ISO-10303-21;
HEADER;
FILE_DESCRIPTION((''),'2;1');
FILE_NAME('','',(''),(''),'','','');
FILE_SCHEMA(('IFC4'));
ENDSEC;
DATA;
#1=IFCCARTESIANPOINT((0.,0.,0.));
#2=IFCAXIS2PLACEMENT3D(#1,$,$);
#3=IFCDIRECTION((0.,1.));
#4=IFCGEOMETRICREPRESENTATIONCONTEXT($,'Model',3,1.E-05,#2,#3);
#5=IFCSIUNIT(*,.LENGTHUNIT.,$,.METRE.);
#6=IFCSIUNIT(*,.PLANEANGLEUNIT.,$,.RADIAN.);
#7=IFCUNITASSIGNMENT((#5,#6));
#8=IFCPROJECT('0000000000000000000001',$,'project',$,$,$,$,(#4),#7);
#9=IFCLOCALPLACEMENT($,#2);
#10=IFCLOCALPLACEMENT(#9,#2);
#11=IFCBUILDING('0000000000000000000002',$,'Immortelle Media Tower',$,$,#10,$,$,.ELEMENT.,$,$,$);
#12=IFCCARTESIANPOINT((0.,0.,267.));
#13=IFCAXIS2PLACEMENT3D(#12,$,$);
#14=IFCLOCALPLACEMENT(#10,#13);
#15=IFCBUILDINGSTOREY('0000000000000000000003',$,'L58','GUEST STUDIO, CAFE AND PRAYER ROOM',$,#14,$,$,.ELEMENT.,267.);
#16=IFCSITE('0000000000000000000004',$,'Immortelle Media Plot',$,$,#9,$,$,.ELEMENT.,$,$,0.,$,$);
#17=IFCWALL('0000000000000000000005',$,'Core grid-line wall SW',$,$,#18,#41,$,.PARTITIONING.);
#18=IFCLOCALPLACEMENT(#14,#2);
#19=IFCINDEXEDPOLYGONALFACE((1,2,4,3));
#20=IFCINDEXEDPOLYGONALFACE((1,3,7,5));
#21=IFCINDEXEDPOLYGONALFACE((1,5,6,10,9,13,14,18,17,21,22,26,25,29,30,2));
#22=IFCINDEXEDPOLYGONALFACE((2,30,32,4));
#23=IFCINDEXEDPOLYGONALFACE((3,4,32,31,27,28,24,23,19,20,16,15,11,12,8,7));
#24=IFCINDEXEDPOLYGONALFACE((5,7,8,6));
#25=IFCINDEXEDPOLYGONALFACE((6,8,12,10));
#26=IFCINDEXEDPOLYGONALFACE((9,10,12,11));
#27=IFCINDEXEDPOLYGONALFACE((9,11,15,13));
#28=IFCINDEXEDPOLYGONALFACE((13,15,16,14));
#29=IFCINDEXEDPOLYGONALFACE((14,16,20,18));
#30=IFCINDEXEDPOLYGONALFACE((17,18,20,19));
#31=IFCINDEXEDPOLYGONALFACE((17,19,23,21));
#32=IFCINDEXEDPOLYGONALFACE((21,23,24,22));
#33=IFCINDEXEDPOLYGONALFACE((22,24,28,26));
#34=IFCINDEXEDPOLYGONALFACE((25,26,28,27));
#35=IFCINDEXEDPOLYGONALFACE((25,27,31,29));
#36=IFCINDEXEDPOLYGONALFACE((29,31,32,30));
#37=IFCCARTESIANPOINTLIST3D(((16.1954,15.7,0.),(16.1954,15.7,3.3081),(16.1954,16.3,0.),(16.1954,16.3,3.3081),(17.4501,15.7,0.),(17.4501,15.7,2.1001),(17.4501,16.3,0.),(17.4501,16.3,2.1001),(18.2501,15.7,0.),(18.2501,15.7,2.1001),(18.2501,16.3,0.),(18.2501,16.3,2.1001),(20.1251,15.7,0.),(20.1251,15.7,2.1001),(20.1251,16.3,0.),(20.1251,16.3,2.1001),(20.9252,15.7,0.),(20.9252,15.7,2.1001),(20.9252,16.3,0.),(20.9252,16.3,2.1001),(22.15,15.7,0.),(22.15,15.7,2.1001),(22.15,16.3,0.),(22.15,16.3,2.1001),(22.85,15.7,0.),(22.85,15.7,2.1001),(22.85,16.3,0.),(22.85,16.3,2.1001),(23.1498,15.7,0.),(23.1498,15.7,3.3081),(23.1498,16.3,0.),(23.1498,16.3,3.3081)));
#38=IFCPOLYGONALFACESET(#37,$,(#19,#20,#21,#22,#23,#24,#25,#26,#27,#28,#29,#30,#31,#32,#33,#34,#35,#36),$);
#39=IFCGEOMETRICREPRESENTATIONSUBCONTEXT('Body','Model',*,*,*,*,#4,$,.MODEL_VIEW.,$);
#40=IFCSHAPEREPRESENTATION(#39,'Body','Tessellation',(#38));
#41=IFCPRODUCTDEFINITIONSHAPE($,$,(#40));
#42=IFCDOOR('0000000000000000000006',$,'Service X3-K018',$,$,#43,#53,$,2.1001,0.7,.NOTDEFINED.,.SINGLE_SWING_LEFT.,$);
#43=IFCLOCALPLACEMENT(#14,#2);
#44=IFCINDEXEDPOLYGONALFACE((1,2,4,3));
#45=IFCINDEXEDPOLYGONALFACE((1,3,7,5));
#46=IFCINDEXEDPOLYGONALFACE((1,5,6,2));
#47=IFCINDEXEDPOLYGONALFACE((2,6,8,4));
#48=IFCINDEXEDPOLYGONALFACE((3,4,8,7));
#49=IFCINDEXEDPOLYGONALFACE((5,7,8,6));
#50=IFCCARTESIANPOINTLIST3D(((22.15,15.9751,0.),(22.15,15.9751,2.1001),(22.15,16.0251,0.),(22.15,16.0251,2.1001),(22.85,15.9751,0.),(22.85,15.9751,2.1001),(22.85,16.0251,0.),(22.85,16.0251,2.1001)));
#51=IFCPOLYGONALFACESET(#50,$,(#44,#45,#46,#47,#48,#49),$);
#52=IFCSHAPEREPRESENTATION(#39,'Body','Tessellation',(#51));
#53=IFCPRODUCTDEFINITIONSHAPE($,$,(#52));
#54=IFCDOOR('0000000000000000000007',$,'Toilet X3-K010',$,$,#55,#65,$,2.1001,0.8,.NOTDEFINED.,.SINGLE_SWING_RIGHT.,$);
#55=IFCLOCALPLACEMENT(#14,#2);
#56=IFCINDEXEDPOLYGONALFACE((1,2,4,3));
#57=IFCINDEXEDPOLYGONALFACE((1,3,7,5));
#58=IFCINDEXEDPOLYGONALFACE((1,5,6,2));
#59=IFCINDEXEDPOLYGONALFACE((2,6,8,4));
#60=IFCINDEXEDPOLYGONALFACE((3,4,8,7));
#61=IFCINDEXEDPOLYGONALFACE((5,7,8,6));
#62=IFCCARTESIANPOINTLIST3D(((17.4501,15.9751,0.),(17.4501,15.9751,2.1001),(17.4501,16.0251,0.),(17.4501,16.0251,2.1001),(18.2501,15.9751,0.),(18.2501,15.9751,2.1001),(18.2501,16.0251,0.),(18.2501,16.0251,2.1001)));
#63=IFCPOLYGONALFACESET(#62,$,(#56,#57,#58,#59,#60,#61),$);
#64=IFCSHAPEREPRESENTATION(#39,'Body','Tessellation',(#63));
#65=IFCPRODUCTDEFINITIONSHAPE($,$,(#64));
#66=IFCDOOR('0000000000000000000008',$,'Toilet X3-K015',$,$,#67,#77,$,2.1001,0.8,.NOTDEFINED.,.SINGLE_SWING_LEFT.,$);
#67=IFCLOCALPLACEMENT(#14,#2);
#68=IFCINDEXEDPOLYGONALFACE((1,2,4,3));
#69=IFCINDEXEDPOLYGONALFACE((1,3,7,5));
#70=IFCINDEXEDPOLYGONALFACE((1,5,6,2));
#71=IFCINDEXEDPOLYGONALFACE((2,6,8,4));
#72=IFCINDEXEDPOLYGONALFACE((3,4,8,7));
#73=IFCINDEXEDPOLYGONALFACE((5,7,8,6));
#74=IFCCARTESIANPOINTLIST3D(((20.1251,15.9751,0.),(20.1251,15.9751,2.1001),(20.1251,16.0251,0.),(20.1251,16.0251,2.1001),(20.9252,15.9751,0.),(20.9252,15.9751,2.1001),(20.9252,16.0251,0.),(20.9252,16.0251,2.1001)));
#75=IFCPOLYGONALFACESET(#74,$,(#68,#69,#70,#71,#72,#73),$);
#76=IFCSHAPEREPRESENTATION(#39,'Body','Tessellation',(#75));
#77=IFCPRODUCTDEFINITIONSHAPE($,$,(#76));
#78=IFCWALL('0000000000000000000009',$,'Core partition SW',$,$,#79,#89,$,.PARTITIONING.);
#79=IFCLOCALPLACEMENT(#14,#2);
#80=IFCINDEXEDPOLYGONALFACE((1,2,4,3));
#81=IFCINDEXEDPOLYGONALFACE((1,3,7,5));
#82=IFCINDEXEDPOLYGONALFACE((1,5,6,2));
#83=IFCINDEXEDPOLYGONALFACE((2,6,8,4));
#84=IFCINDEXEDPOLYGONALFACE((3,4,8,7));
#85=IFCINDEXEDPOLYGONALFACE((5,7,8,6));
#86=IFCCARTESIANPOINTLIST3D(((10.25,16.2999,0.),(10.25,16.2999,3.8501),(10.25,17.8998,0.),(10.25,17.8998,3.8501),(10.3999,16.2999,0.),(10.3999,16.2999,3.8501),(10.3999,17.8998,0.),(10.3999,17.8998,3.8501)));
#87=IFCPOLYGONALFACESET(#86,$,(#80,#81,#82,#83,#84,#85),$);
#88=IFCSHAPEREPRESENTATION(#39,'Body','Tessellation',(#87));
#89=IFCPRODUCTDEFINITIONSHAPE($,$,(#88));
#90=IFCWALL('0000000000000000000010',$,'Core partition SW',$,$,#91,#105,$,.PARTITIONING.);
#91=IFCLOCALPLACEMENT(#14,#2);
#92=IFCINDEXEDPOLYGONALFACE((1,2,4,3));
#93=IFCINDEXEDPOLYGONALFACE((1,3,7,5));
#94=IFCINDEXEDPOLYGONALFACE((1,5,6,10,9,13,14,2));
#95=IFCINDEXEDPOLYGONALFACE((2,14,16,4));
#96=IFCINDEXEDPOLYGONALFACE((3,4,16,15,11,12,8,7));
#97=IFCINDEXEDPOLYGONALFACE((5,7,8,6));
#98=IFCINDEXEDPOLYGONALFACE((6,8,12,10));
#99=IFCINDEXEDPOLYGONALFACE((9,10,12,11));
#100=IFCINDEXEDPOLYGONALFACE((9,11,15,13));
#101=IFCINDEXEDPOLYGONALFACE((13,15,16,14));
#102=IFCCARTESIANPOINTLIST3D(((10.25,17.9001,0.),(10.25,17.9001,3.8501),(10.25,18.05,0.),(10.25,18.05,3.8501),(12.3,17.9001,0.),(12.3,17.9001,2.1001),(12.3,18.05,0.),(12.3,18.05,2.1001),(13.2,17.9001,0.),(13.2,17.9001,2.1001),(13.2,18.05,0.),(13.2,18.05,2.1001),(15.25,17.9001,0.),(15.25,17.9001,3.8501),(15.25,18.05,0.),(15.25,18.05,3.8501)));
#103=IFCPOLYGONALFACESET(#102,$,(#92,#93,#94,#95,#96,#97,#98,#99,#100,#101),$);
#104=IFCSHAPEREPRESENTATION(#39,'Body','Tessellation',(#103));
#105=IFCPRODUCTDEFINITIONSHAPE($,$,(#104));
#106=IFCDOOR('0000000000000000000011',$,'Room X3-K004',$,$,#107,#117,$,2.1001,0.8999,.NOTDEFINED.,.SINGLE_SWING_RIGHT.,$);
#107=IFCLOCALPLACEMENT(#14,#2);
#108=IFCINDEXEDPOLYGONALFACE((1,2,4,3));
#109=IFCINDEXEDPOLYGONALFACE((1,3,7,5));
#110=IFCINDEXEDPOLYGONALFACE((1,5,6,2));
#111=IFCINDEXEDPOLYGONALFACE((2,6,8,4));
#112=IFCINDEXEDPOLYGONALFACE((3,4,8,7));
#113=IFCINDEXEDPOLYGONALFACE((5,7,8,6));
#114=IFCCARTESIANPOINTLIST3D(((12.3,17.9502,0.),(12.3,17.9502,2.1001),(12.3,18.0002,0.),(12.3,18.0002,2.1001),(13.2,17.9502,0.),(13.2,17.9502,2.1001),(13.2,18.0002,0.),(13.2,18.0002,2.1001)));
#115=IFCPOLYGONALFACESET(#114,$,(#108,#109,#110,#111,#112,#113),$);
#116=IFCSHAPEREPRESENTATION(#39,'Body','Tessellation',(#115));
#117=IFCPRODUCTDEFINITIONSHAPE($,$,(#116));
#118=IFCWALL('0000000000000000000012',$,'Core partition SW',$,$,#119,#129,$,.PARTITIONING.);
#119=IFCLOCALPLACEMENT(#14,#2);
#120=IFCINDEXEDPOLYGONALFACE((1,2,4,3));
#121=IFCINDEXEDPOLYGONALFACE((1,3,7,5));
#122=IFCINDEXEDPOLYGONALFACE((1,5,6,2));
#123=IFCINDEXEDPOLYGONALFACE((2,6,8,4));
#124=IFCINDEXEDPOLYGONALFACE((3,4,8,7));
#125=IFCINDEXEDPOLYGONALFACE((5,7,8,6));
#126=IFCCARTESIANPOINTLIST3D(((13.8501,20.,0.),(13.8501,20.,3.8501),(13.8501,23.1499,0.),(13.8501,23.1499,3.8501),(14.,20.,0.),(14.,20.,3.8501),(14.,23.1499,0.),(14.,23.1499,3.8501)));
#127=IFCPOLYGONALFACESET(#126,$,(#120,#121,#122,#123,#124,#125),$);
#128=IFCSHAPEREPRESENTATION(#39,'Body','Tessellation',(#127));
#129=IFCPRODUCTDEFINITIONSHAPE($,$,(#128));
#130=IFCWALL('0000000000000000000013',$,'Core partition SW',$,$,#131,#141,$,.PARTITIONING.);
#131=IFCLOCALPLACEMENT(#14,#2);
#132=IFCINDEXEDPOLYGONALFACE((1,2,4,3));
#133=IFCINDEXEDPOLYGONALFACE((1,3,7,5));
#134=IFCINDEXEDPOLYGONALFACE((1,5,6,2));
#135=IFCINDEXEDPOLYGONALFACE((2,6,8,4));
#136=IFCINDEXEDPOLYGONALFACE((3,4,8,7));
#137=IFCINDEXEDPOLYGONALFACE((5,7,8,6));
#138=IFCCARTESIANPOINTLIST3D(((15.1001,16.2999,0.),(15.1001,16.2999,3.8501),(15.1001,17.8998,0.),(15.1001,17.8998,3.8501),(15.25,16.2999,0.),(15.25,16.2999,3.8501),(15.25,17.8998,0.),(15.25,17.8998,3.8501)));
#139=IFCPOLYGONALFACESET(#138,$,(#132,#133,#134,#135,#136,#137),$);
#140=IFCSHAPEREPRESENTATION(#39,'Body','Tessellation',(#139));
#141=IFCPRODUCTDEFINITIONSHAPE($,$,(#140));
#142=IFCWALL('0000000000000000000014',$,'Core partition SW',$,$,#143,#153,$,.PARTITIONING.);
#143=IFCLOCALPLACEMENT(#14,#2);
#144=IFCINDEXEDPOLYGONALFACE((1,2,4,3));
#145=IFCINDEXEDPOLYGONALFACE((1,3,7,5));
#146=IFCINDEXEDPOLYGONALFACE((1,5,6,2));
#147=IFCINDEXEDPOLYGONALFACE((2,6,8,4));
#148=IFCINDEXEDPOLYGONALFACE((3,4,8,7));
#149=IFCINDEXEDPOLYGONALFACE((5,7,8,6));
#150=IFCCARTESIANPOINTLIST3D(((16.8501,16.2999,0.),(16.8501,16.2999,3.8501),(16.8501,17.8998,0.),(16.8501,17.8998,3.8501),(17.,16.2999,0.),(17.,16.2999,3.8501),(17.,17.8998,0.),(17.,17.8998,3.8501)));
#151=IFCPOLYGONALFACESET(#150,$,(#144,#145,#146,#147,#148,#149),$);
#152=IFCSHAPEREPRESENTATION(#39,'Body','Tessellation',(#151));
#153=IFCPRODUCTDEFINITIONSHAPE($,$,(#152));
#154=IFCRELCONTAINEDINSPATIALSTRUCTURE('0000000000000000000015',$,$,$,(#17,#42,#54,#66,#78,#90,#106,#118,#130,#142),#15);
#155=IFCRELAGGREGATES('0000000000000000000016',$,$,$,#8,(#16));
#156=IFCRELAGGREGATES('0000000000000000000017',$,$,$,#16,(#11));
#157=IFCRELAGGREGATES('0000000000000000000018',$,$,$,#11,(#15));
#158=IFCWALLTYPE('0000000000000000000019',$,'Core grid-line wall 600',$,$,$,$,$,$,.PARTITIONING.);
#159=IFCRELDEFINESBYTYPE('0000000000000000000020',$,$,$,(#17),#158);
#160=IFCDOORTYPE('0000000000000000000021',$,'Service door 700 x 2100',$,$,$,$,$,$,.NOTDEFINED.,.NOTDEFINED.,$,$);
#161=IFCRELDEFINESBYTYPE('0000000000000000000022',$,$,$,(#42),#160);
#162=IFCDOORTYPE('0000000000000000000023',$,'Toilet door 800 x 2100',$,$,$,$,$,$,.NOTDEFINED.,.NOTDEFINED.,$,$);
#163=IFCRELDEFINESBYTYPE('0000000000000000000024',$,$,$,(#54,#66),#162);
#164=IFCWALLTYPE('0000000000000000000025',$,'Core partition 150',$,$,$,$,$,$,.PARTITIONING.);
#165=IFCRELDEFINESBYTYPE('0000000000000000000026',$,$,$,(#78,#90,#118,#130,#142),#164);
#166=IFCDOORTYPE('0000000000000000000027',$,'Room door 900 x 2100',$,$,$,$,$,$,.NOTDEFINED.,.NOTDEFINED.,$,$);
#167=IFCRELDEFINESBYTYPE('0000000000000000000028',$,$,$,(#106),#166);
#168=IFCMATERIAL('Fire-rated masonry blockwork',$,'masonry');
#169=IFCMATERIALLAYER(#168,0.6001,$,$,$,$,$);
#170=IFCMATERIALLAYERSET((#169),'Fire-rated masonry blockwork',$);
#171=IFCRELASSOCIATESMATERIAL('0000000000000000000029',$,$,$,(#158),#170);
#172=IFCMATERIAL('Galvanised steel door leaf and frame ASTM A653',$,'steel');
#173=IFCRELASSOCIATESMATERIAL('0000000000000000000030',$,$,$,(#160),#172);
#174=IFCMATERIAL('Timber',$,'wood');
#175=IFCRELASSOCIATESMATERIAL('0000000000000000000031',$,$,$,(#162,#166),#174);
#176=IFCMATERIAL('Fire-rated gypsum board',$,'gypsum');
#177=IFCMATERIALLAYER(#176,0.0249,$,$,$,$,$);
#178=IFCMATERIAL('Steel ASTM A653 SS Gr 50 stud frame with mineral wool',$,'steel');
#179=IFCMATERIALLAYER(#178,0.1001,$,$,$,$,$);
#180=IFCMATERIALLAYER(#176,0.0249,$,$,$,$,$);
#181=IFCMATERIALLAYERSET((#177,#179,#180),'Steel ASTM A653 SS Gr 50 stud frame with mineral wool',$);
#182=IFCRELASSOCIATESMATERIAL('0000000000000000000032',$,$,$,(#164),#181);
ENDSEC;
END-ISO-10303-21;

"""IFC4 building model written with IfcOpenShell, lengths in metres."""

from ifc_helpers import new_model, si_unit, direction, frame, frame_2d, origin, place, context, subcontext, project, spatial, rectangle, extrude, material, layer, layer_set, type_object, element, fill, save


model = new_model("IFC4")

# Units and contexts
model_context = context("Model", 3, precision=1e-05, world=origin(), true_north=direction((0.0, 1.0)))
body_context = subcontext(model_context, "Body", "Model", "MODEL_VIEW")
ifc_project = project(units=[si_unit("LENGTHUNIT", "METRE"), si_unit("PLANEANGLEUNIT", "RADIAN")], contexts=[model_context])

# Site, building, storey
site_placement = place(None, origin())
site = spatial("IfcSite", under=ifc_project, at=site_placement, Name="Immortelle Media Plot", CompositionType="ELEMENT", RefElevation=0.0)
building_placement = place(site_placement, origin())
building = spatial("IfcBuilding", under=site, at=building_placement, Name="Immortelle Media Tower", CompositionType="ELEMENT")
storey_placement = place(building_placement, frame((0.0, 0.0, 267.0)))
storey = spatial("IfcBuildingStorey", under=building, at=storey_placement, Name="L58", Description="GUEST STUDIO, CAFE AND PRAYER ROOM", CompositionType="ELEMENT", Elevation=267.0)

# Wall, openings, doors
ifc_material_1 = material(Name="Fire-rated masonry blockwork", Category="masonry")
ifc_layer_1 = layer(ifc_material_1, 0.6001)
ifc_layer_set_1 = layer_set([ifc_layer_1], Name="Fire-rated masonry blockwork")
wall_type_1 = type_object("IfcWallType", Name="Core grid-line wall 600", PredefinedType="PARTITIONING", material=ifc_layer_set_1)
wall_1_placement = place(storey_placement, frame((16.1956, 16.0, 0.0), z_axis=(0.0, 0.0, 1.0), x_axis=(1.0, 0.0, 0.0)))
wall_1 = element("IfcWall", 1, at=wall_1_placement, inside=storey, type_object=wall_type_1, Name="Core grid-line wall SW", PredefinedType="PARTITIONING", context=body_context, shape_type="SweptSolid", body=[
    extrude(rectangle(XDim=6.9543, YDim=0.6001, at=frame_2d((3.4771, 0.0))), origin(), (0.0, 0.0, 1.0), 3.3081),
])
opening_1_placement = place(wall_1_placement, frame((2.0544, 0.0, 0.0), z_axis=(0.0, 0.0, 1.0), x_axis=(-1.0, 0.0, 0.0)))
opening_1 = element("IfcOpeningElement", 2, at=opening_1_placement, cuts=wall_1, PredefinedType="OPENING", context=body_context, shape_type="SweptSolid", body=[
    extrude(rectangle(XDim=0.8, YDim=2.1001, at=frame_2d((0.3999, 1.05))), frame((0.0, 0.3101, 0.0), z_axis=(0.0, -1.0, 0.0), x_axis=(1.0, 0.0, 0.0)), (0.0, 0.0, 1.0), 0.6201),
])
opening_2_placement = place(wall_1_placement, frame((4.7295, 0.0, 0.0), z_axis=(0.0, 0.0, 1.0), x_axis=(-1.0, 0.0, 0.0)))
opening_2 = element("IfcOpeningElement", 3, at=opening_2_placement, cuts=wall_1, PredefinedType="OPENING", context=body_context, shape_type="SweptSolid", body=[
    extrude(rectangle(XDim=0.8, YDim=2.1001, at=frame_2d((0.3999, 1.05))), frame((0.0, 0.3101, 0.0), z_axis=(0.0, -1.0, 0.0), x_axis=(1.0, 0.0, 0.0)), (0.0, 0.0, 1.0), 0.6201),
])
opening_3_placement = place(wall_1_placement, frame((6.6545, 0.0, 0.0), z_axis=(0.0, 0.0, 1.0), x_axis=(-1.0, 0.0, 0.0)))
opening_3 = element("IfcOpeningElement", 4, at=opening_3_placement, cuts=wall_1, PredefinedType="OPENING", context=body_context, shape_type="SweptSolid", body=[
    extrude(rectangle(XDim=0.7, YDim=2.1001, at=frame_2d((0.3501, 1.05))), frame((0.0, 0.3101, 0.0), z_axis=(0.0, -1.0, 0.0), x_axis=(1.0, 0.0, 0.0)), (0.0, 0.0, 1.0), 0.6201),
])
ifc_material_2 = material(Name="Galvanised steel door leaf and frame ASTM A653", Category="steel")
door_type_1 = type_object("IfcDoorType", Name="Service door 700 x 2100", OperationType="NOTDEFINED", PredefinedType="NOTDEFINED", material=ifc_material_2)
door_1_placement = place(opening_3_placement, origin())
door_1 = element("IfcDoor", 5, at=door_1_placement, inside=storey, type_object=door_type_1, Name="Service X3-K018", OperationType="SINGLE_SWING_LEFT", OverallHeight=2.1001, OverallWidth=0.7, PredefinedType="NOTDEFINED", context=body_context, shape_type="SweptSolid", body=[
    extrude(rectangle(XDim=0.7, YDim=2.1001, at=frame_2d((0.3501, 1.05))), frame((0.0, 0.0249, 0.0), z_axis=(0.0, -1.0, 0.0), x_axis=(1.0, 0.0, 0.0)), (0.0, 0.0, 1.0), 0.05),
])
fill(opening_3, door_1)
ifc_material_3 = material(Name="Timber", Category="wood")
door_type_2 = type_object("IfcDoorType", Name="Toilet door 800 x 2100", OperationType="NOTDEFINED", PredefinedType="NOTDEFINED", material=ifc_material_3)
door_2_placement = place(opening_1_placement, origin())
door_2 = element("IfcDoor", 6, at=door_2_placement, inside=storey, type_object=door_type_2, Name="Toilet X3-K010", OperationType="SINGLE_SWING_RIGHT", OverallHeight=2.1001, OverallWidth=0.8, PredefinedType="NOTDEFINED", context=body_context, shape_type="SweptSolid", body=[
    extrude(rectangle(XDim=0.8, YDim=2.1001, at=frame_2d((0.3999, 1.05))), frame((0.0, 0.0249, 0.0), z_axis=(0.0, -1.0, 0.0), x_axis=(1.0, 0.0, 0.0)), (0.0, 0.0, 1.0), 0.05),
])
fill(opening_1, door_2)
door_3_placement = place(opening_2_placement, origin())
door_3 = element("IfcDoor", 7, at=door_3_placement, inside=storey, type_object=door_type_2, Name="Toilet X3-K015", OperationType="SINGLE_SWING_LEFT", OverallHeight=2.1001, OverallWidth=0.8, PredefinedType="NOTDEFINED", context=body_context, shape_type="SweptSolid", body=[
    extrude(rectangle(XDim=0.8, YDim=2.1001, at=frame_2d((0.3999, 1.05))), frame((0.0, 0.0249, 0.0), z_axis=(0.0, -1.0, 0.0), x_axis=(1.0, 0.0, 0.0)), (0.0, 0.0, 1.0), 0.05),
])
fill(opening_2, door_3)

# Wall
ifc_material_4 = material(Name="Fire-rated gypsum board", Category="gypsum")
ifc_layer_2 = layer(ifc_material_4, 0.0249)
ifc_material_5 = material(Name="Steel ASTM A653 SS Gr 50 stud frame with mineral wool", Category="steel")
ifc_layer_3 = layer(ifc_material_5, 0.1001)
ifc_layer_4 = layer(ifc_material_4, 0.0249)
ifc_layer_set_2 = layer_set([ifc_layer_2, ifc_layer_3, ifc_layer_4], Name="Steel ASTM A653 SS Gr 50 stud frame with mineral wool")
wall_type_2 = type_object("IfcWallType", Name="Core partition 150", PredefinedType="PARTITIONING", material=ifc_layer_set_2)
wall_2_placement = place(storey_placement, frame((10.325, 16.3, 0.0), z_axis=(0.0, 0.0, 1.0), x_axis=(0.0, 1.0, 0.0)))
element("IfcWall", 8, at=wall_2_placement, inside=storey, type_object=wall_type_2, Name="Core partition SW", PredefinedType="PARTITIONING", context=body_context, shape_type="SweptSolid", body=[
    extrude(rectangle(XDim=1.5999, YDim=0.1499, at=frame_2d((0.7998, 0.0))), origin(), (0.0, 0.0, 1.0), 3.8501),
])

# Wall, opening, door
wall_3_placement = place(storey_placement, frame((10.25, 17.9751, 0.0), z_axis=(0.0, 0.0, 1.0), x_axis=(1.0, 0.0, 0.0)))
wall_3 = element("IfcWall", 9, at=wall_3_placement, inside=storey, type_object=wall_type_2, Name="Core partition SW", PredefinedType="PARTITIONING", context=body_context, shape_type="SweptSolid", body=[
    extrude(rectangle(XDim=5.0, YDim=0.1499, at=frame_2d((2.5, 0.0))), origin(), (0.0, 0.0, 1.0), 3.8501),
])
opening_4_placement = place(wall_3_placement, frame((2.95, 0.0, 0.0), z_axis=(0.0, 0.0, 1.0), x_axis=(-1.0, 0.0, 0.0)))
opening_4 = element("IfcOpeningElement", 10, at=opening_4_placement, cuts=wall_3, PredefinedType="OPENING", context=body_context, shape_type="SweptSolid", body=[
    extrude(rectangle(XDim=0.8999, YDim=2.1001, at=frame_2d((0.45, 1.05))), frame((0.0, 0.085, 0.0), z_axis=(0.0, -1.0, 0.0), x_axis=(1.0, 0.0, 0.0)), (0.0, 0.0, 1.0), 0.1699),
])
door_type_3 = type_object("IfcDoorType", Name="Room door 900 x 2100", OperationType="NOTDEFINED", PredefinedType="NOTDEFINED", material=ifc_material_3)
door_4_placement = place(opening_4_placement, origin())
door_4 = element("IfcDoor", 11, at=door_4_placement, inside=storey, type_object=door_type_3, Name="Room X3-K004", OperationType="SINGLE_SWING_RIGHT", OverallHeight=2.1001, OverallWidth=0.8999, PredefinedType="NOTDEFINED", context=body_context, shape_type="SweptSolid", body=[
    extrude(rectangle(XDim=0.8999, YDim=2.1001, at=frame_2d((0.45, 1.05))), frame((0.0, 0.0249, 0.0), z_axis=(0.0, -1.0, 0.0), x_axis=(1.0, 0.0, 0.0)), (0.0, 0.0, 1.0), 0.05),
])
fill(opening_4, door_4)

# Walls
wall_4_placement = place(storey_placement, frame((13.925, 20.0, 0.0), z_axis=(0.0, 0.0, 1.0), x_axis=(0.0, 1.0, 0.0)))
element("IfcWall", 12, at=wall_4_placement, inside=storey, type_object=wall_type_2, Name="Core partition SW", PredefinedType="PARTITIONING", context=body_context, shape_type="SweptSolid", body=[
    extrude(rectangle(XDim=3.1499, YDim=0.1499, at=frame_2d((1.575, 0.0))), origin(), (0.0, 0.0, 1.0), 3.8501),
])
for number, where, z_axis, x_axis, name in (
    (13, (15.175, 16.3, 0.0), (0.0, 0.0, 1.0), (0.0, 1.0, 0.0), "Core partition SW"),
    (14, (16.925, 16.3, 0.0), (0.0, 0.0, 1.0), (0.0, 1.0, 0.0), "Core partition SW"),
):
    element("IfcWall", number, at=place(storey_placement, frame(where, z_axis=z_axis, x_axis=x_axis)), inside=storey, type_object=wall_type_2, Name=name, PredefinedType="PARTITIONING", context=body_context, shape_type="SweptSolid", body=[
        extrude(rectangle(XDim=1.5999, YDim=0.1499, at=frame_2d((0.7998, 0.0))), origin(), (0.0, 0.0, 1.0), 3.8501),
    ])

save(model, "model.ifc")
